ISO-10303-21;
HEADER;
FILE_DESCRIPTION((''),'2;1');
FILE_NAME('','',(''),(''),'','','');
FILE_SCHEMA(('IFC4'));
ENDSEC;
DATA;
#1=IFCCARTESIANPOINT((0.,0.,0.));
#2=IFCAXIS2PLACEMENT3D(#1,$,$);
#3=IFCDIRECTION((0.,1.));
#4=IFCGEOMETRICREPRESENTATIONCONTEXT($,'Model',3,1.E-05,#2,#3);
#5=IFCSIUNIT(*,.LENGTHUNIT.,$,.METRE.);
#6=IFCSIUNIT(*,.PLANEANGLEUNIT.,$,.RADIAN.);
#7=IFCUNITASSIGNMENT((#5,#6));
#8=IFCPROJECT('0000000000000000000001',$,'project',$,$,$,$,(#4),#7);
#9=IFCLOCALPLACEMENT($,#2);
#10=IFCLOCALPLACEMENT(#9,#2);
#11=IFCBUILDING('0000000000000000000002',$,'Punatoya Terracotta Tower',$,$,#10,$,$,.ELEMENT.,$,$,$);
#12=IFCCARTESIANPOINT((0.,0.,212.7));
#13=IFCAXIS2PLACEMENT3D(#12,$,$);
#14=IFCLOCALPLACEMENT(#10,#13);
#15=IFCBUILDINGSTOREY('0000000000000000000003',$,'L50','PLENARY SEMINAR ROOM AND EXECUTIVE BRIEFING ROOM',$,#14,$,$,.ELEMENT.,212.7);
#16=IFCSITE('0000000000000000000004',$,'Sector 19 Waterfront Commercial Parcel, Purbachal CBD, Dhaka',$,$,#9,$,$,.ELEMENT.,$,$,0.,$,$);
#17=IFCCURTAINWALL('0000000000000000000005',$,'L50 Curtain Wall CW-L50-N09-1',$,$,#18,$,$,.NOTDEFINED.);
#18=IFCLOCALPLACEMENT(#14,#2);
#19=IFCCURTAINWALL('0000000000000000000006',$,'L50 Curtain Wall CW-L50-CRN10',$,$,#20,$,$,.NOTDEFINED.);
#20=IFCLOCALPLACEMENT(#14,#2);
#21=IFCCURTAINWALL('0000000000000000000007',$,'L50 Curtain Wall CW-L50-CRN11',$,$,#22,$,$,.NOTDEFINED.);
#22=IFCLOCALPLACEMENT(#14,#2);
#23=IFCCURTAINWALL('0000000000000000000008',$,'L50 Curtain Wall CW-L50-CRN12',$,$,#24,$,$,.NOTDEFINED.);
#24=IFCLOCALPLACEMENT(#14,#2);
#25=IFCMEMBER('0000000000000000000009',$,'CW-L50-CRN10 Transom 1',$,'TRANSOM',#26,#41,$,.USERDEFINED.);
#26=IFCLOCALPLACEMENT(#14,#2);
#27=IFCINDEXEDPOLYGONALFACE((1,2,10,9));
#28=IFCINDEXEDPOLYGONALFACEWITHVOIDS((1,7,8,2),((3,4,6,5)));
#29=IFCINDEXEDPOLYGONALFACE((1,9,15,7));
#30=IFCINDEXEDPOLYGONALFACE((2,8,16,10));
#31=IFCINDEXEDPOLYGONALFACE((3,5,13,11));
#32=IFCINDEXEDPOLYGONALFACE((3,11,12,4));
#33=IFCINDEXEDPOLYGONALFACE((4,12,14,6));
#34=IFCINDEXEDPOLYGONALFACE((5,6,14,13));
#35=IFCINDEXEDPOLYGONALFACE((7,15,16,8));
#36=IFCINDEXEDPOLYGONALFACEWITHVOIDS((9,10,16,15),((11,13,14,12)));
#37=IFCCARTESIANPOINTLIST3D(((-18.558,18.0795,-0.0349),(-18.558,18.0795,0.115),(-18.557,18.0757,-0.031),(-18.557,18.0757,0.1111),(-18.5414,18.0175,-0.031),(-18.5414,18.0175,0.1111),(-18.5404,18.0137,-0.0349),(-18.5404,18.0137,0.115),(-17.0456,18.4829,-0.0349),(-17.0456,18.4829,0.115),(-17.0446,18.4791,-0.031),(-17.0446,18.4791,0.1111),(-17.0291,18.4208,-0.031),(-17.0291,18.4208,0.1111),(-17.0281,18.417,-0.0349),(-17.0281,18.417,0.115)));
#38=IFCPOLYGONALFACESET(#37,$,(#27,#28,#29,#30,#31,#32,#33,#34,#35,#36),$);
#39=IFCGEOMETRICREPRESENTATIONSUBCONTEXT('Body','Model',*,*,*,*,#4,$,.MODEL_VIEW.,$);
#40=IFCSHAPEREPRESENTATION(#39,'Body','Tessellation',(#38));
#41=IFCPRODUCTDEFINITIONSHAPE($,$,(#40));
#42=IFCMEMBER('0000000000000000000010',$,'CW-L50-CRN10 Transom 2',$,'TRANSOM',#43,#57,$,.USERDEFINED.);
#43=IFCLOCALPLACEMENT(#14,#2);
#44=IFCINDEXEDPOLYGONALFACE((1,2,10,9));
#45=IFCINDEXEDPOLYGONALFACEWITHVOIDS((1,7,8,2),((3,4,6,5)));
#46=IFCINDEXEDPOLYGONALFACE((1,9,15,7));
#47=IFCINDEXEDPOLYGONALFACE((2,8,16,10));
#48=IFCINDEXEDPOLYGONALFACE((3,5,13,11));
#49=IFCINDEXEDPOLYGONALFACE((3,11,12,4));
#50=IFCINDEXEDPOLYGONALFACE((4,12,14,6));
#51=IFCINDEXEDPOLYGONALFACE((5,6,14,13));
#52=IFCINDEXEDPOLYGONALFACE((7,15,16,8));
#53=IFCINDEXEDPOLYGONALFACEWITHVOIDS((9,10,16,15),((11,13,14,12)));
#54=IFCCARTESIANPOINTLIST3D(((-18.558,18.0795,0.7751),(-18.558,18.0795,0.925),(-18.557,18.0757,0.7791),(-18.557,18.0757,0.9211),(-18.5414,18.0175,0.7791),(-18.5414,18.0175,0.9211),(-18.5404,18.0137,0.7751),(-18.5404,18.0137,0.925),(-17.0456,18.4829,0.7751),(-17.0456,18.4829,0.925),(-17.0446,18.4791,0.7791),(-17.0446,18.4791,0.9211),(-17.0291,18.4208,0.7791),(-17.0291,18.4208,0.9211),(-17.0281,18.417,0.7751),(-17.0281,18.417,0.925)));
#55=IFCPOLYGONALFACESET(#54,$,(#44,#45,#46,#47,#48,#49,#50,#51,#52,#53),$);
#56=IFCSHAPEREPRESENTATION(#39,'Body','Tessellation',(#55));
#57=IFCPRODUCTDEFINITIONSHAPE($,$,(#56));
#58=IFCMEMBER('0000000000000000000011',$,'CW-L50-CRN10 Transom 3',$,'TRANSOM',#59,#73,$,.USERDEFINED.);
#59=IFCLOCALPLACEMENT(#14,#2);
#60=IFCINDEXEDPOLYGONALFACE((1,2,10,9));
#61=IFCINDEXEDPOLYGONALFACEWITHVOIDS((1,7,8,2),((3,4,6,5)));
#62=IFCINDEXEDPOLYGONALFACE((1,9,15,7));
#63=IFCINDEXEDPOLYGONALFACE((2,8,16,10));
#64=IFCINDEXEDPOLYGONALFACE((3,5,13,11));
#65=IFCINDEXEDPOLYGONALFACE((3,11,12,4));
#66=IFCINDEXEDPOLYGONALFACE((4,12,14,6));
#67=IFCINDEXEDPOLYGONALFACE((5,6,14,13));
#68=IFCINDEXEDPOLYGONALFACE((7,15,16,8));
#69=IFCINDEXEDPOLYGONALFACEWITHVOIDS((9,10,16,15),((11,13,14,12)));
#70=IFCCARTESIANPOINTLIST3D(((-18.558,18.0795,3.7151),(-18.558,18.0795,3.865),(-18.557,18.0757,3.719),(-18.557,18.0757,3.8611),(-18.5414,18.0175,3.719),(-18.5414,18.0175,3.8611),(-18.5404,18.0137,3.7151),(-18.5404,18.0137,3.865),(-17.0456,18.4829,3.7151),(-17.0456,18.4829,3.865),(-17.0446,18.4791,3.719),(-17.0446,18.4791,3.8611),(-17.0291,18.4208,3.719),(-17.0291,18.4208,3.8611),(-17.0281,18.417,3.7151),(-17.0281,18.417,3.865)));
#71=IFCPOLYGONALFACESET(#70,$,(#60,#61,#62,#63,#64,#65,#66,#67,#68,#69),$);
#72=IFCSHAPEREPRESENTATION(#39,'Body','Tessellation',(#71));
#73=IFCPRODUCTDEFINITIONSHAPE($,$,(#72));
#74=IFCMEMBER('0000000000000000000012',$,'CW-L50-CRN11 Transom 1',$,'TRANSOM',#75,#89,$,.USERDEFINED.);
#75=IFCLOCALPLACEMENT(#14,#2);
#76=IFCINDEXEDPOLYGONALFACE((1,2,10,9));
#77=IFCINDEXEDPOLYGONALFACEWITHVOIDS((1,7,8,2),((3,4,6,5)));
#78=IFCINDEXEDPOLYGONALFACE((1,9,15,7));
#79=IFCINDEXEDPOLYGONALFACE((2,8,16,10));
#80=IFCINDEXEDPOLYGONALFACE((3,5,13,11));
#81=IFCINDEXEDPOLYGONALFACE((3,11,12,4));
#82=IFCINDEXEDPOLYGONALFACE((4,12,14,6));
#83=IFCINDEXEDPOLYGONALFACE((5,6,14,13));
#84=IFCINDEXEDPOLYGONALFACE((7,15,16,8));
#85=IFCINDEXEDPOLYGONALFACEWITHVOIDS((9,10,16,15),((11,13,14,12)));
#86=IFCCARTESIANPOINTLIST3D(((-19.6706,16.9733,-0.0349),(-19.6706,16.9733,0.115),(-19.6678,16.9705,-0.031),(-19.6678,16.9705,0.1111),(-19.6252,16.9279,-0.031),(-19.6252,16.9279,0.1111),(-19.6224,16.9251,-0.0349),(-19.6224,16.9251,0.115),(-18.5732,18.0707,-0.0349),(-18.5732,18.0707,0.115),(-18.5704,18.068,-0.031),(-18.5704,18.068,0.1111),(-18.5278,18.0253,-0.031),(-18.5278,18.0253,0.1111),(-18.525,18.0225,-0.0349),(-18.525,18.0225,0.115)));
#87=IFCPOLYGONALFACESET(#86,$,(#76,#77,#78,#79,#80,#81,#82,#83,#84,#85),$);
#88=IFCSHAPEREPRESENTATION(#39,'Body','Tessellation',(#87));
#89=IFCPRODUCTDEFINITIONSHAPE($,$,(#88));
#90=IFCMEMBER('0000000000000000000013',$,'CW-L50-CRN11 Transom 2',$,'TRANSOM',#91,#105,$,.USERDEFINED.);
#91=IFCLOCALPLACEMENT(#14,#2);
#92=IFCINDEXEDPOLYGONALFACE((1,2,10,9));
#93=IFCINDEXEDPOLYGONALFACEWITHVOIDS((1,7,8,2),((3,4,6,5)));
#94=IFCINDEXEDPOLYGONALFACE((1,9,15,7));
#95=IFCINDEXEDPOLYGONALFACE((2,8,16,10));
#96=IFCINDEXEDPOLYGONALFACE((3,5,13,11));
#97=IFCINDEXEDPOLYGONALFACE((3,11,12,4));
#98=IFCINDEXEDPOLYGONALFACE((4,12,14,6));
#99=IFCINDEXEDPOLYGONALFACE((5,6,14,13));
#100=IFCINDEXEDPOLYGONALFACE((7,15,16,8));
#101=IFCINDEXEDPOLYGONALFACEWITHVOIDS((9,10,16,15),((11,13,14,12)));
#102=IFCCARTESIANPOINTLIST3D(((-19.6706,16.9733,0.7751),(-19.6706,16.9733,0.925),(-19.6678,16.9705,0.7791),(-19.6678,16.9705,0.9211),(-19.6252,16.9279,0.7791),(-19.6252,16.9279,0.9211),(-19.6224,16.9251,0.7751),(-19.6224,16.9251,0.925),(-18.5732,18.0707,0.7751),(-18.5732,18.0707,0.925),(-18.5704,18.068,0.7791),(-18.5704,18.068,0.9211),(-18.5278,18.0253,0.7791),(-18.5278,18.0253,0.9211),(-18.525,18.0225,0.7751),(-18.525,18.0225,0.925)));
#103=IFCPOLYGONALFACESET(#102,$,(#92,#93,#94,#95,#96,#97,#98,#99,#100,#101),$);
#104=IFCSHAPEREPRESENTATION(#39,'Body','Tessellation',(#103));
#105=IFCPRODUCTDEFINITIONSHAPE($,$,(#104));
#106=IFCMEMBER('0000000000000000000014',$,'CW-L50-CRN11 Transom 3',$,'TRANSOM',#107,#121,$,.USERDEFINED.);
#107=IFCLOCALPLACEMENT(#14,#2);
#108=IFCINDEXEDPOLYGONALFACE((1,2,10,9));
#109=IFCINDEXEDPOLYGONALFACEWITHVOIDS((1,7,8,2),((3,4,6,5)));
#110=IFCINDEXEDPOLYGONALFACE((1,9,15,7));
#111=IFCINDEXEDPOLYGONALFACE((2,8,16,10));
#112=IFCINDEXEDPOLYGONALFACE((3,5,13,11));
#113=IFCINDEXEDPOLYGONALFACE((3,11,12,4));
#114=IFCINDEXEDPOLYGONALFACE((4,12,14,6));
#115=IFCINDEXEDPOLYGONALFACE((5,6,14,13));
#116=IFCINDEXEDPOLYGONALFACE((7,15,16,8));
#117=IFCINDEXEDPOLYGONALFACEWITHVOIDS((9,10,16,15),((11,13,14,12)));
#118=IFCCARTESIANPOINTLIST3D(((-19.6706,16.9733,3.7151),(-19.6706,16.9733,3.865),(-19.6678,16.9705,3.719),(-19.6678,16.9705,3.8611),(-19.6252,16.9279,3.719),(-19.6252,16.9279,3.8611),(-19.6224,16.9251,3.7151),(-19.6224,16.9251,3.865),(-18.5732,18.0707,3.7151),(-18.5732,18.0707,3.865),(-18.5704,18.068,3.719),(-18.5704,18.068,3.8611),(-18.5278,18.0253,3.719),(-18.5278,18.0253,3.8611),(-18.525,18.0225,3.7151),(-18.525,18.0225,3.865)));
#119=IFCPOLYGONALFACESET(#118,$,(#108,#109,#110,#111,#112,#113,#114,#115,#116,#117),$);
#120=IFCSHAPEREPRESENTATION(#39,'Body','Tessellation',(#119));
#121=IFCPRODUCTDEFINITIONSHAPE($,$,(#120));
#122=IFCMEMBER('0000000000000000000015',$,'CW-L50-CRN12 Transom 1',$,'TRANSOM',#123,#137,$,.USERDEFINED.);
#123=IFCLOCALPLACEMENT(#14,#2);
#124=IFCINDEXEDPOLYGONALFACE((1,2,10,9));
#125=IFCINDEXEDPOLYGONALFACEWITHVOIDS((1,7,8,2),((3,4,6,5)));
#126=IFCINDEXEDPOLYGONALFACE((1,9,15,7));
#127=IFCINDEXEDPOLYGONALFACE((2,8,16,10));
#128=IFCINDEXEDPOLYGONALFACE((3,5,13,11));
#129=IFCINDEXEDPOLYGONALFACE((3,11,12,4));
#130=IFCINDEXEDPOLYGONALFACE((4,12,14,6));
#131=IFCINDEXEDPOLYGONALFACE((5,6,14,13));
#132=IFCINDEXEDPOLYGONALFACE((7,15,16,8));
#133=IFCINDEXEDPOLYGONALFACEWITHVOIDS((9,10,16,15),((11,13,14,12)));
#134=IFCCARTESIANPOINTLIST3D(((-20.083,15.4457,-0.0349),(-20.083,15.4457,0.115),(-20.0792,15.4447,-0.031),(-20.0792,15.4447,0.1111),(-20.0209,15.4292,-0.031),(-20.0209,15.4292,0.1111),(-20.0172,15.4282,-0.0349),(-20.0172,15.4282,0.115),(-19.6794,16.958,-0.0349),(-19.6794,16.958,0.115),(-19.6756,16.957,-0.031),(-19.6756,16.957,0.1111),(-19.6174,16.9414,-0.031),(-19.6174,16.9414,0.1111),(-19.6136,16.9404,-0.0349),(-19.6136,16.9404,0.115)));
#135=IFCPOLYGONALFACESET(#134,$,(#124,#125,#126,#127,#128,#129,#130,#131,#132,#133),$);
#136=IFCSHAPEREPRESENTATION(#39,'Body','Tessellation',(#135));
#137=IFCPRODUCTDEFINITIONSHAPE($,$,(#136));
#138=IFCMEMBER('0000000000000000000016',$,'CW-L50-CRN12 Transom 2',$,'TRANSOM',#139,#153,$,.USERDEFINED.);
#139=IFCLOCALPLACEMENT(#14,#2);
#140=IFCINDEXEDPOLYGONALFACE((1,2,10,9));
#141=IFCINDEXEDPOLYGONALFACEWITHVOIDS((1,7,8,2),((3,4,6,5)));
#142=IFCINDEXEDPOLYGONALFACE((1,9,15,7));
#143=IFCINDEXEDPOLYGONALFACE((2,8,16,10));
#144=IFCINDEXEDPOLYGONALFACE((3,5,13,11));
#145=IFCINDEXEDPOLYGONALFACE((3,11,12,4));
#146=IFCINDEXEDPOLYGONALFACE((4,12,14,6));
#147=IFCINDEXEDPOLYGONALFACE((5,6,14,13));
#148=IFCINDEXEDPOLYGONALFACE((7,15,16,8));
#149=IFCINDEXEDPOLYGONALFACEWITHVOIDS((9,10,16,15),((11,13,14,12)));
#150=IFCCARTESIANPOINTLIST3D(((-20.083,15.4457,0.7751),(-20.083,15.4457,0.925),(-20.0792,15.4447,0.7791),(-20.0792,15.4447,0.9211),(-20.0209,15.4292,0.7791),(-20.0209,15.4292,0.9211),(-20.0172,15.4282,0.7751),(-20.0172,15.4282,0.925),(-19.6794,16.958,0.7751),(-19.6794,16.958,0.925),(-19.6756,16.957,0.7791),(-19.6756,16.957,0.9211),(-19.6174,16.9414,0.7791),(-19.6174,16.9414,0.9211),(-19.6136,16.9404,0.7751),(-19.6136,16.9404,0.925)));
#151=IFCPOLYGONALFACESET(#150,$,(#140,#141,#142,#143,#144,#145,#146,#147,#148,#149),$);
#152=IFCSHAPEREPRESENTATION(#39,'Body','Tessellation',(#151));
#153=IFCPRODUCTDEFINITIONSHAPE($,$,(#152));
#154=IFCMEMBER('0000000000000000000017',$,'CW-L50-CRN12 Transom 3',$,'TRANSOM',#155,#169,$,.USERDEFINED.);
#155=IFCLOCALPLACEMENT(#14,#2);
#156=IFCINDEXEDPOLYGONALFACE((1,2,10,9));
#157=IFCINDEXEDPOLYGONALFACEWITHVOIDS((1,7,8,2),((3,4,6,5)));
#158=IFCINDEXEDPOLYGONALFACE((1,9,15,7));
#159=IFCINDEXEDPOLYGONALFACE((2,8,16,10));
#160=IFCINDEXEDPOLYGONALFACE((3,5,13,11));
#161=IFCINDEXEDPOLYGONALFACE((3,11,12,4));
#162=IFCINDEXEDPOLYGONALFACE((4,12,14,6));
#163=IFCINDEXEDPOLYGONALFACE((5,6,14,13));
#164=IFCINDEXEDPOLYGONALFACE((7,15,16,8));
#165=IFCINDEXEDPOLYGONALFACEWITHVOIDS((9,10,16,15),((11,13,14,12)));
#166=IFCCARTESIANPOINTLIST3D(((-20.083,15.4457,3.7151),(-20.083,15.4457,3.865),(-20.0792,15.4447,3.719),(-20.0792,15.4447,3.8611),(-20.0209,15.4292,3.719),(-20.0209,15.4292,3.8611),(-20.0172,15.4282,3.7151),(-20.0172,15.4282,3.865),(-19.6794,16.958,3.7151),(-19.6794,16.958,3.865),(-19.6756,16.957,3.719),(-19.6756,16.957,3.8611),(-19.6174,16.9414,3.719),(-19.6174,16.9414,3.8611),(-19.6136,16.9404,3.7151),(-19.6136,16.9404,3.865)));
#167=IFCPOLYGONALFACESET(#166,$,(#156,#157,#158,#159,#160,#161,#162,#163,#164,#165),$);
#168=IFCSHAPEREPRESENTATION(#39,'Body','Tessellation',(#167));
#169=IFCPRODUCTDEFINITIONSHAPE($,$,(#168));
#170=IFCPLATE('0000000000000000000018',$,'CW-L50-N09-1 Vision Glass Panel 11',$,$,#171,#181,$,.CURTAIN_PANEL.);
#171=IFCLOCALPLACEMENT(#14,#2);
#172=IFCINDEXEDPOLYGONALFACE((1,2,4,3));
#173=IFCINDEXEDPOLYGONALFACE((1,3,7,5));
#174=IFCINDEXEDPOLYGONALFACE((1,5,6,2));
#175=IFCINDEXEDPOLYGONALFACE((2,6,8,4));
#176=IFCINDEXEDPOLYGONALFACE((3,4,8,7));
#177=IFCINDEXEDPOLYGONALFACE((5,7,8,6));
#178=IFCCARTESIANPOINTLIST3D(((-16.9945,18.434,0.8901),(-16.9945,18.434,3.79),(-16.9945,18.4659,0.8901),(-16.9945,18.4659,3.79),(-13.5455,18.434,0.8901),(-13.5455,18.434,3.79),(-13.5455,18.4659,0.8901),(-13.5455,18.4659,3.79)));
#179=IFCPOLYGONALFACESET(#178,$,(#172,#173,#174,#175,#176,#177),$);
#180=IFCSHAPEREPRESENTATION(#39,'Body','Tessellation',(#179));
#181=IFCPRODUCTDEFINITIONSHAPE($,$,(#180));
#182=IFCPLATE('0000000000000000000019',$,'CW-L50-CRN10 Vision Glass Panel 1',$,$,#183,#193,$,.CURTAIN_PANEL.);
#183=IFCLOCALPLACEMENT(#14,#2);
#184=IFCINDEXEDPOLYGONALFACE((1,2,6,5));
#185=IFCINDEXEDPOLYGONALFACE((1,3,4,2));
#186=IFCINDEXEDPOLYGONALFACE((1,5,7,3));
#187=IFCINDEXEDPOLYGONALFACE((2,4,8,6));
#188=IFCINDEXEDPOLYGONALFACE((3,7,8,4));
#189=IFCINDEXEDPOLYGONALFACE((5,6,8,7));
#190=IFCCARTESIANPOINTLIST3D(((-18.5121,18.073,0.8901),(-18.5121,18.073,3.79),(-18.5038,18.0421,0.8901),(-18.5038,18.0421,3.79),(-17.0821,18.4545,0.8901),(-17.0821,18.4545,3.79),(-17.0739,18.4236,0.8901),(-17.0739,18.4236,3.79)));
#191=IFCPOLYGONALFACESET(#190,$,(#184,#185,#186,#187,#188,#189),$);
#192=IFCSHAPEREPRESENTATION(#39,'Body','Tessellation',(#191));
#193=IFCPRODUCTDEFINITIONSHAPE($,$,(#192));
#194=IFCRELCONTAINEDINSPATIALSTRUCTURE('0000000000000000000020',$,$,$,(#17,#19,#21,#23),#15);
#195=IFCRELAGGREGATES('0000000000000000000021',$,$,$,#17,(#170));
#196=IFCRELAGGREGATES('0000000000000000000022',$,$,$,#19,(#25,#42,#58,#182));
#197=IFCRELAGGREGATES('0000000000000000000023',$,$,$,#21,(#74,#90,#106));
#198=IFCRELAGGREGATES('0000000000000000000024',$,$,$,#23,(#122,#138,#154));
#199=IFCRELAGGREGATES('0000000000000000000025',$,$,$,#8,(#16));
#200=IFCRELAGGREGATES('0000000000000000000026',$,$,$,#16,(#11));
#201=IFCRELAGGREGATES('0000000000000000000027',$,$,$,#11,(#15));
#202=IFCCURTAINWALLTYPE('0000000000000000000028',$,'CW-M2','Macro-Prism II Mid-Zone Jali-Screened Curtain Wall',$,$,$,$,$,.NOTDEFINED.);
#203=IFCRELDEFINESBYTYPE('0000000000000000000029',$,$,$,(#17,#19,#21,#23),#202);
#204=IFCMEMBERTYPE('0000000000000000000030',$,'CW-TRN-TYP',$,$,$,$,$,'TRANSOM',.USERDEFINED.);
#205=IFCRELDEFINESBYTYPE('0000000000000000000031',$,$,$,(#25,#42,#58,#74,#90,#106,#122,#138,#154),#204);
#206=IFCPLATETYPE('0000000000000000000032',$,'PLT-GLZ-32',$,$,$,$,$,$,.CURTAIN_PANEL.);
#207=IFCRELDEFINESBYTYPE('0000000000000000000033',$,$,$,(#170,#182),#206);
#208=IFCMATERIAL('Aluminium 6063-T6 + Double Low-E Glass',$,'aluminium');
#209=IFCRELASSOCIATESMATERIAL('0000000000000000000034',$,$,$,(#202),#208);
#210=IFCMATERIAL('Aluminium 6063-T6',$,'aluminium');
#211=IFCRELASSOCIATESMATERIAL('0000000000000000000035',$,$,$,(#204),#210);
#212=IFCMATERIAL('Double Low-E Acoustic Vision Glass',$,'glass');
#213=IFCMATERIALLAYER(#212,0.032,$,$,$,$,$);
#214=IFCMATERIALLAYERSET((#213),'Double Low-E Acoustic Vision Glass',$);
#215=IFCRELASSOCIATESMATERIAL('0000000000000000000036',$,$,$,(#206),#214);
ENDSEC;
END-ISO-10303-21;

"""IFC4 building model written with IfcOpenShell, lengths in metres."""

from ifc_helpers import new_model, si_unit, direction, frame, origin, origin_2d, place, context, subcontext, project, spatial, rectangle, hollow_rectangle, extrude, material, layer, layer_set, material_profile, profile_set, type_object, element, aggregate, save


model = new_model("IFC4")

# Units and contexts
model_context = context("Model", 3, precision=1e-05, world=origin(), true_north=direction((0.0, 1.0)))
body_context = subcontext(model_context, "Body", "Model", "MODEL_VIEW")
ifc_project = project(units=[si_unit("LENGTHUNIT", "METRE"), si_unit("PLANEANGLEUNIT", "RADIAN")], contexts=[model_context])

# Site, building, storey
site_placement = place(None, origin())
site = spatial("IfcSite", under=ifc_project, at=site_placement, Name="Sector 19 Waterfront Commercial Parcel, Purbachal CBD, Dhaka", CompositionType="ELEMENT", RefElevation=0.0)
building_placement = place(site_placement, origin())
building = spatial("IfcBuilding", under=site, at=building_placement, Name="Punatoya Terracotta Tower", CompositionType="ELEMENT")
storey_placement = place(building_placement, frame((0.0, 0.0, 212.7)))
storey = spatial("IfcBuildingStorey", under=building, at=storey_placement, Name="L50", Description="PLENARY SEMINAR ROOM AND EXECUTIVE BRIEFING ROOM", CompositionType="ELEMENT", Elevation=212.7)

# Curtain walls
ifc_material_1 = material(Name="Aluminium 6063-T6 + Double Low-E Glass", Category="aluminium")
curtain_wall_type = type_object("IfcCurtainWallType", Name="CW-M2", Description="Macro-Prism II Mid-Zone Jali-Screened Curtain Wall", PredefinedType="NOTDEFINED", material=ifc_material_1)
curtain_wall_1_placement = place(storey_placement, origin())
curtain_wall_1 = element("IfcCurtainWall", 1, at=curtain_wall_1_placement, inside=storey, type_object=curtain_wall_type, Name="L50 Curtain Wall CW-L50-N09-1", PredefinedType="NOTDEFINED")
ifc_material_2 = material(Name="Aluminium 6063-T6", Category="aluminium")
curtain_wall_2_placement = place(storey_placement, origin())
curtain_wall_2 = element("IfcCurtainWall", 2, at=curtain_wall_2_placement, inside=storey, type_object=curtain_wall_type, Name="L50 Curtain Wall CW-L50-CRN10", PredefinedType="NOTDEFINED")
curtain_wall_3_placement = place(storey_placement, origin())
curtain_wall_3 = element("IfcCurtainWall", 3, at=curtain_wall_3_placement, inside=storey, type_object=curtain_wall_type, Name="L50 Curtain Wall CW-L50-CRN11", PredefinedType="NOTDEFINED")

# Curtain wall
curtain_wall_4_placement = place(storey_placement, origin())
curtain_wall_4 = element("IfcCurtainWall", 4, at=curtain_wall_4_placement, inside=storey, type_object=curtain_wall_type, Name="L50 Curtain Wall CW-L50-CRN12", PredefinedType="NOTDEFINED")

# Members
ifc_material_profile_1 = material_profile(ifc_material_2, hollow_rectangle(XDim=0.0681, YDim=0.1499, WallThickness=0.0039, at=origin_2d()))
ifc_profile_set_1 = profile_set([ifc_material_profile_1], Name="Aluminium 6063-T6")
member_type_1 = type_object("IfcMemberType", Name="CW-TRN-TYP", ElementType="TRANSOM", PredefinedType="USERDEFINED", material=ifc_profile_set_1)
member_1_placement = place(storey_placement, frame((-17.0369, 18.45, 0.04), z_axis=(-0.966225, -0.257701, 0.0), x_axis=(0.257701, -0.966225, 0.0)))
member_1 = element("IfcMember", 5, at=member_1_placement, type_object=member_type_1, Name="CW-L50-CRN10 Transom 1", ObjectType="TRANSOM", PredefinedType="USERDEFINED", context=body_context, shape_type="SweptSolid", body=[
    extrude(hollow_rectangle(XDim=0.0681, YDim=0.1499, WallThickness=0.0039, at=origin_2d()), origin(), (0.0, 0.0, 1.0), 1.5652),
])
member_2_placement = place(storey_placement, frame((-17.0369, 18.45, 0.8501), z_axis=(-0.966225, -0.257701, 0.0), x_axis=(0.257701, -0.966225, 0.0)))
member_2 = element("IfcMember", 6, at=member_2_placement, type_object=member_type_1, Name="CW-L50-CRN10 Transom 2", ObjectType="TRANSOM", PredefinedType="USERDEFINED", context=body_context, shape_type="SweptSolid", body=[
    extrude(hollow_rectangle(XDim=0.0681, YDim=0.1499, WallThickness=0.0039, at=origin_2d()), origin(), (0.0, 0.0, 1.0), 1.5652),
])
member_3_placement = place(storey_placement, frame((-17.0369, 18.45, 3.79), z_axis=(-0.966225, -0.257701, 0.0), x_axis=(0.257701, -0.966225, 0.0)))
member_3 = element("IfcMember", 7, at=member_3_placement, type_object=member_type_1, Name="CW-L50-CRN10 Transom 3", ObjectType="TRANSOM", PredefinedType="USERDEFINED", context=body_context, shape_type="SweptSolid", body=[
    extrude(hollow_rectangle(XDim=0.0681, YDim=0.1499, WallThickness=0.0039, at=origin_2d()), origin(), (0.0, 0.0, 1.0), 1.5652),
])
member_4_placement = place(storey_placement, frame((-18.5491, 18.0466, 0.04), z_axis=(-0.707107, -0.707107, 0.0), x_axis=(0.707107, -0.707107, 0.0)))
member_4 = element("IfcMember", 8, at=member_4_placement, type_object=member_type_1, Name="CW-L50-CRN11 Transom 1", ObjectType="TRANSOM", PredefinedType="USERDEFINED", context=body_context, shape_type="SweptSolid", body=[
    extrude(hollow_rectangle(XDim=0.0681, YDim=0.1499, WallThickness=0.0039, at=origin_2d()), origin(), (0.0, 0.0, 1.0), 1.552),
])
member_5_placement = place(storey_placement, frame((-18.5491, 18.0466, 0.8501), z_axis=(-0.707107, -0.707107, 0.0), x_axis=(0.707107, -0.707107, 0.0)))
member_5 = element("IfcMember", 9, at=member_5_placement, type_object=member_type_1, Name="CW-L50-CRN11 Transom 2", ObjectType="TRANSOM", PredefinedType="USERDEFINED", context=body_context, shape_type="SweptSolid", body=[
    extrude(hollow_rectangle(XDim=0.0681, YDim=0.1499, WallThickness=0.0039, at=origin_2d()), origin(), (0.0, 0.0, 1.0), 1.552),
])
member_6_placement = place(storey_placement, frame((-18.5491, 18.0466, 3.79), z_axis=(-0.707107, -0.707107, 0.0), x_axis=(0.707107, -0.707107, 0.0)))
member_6 = element("IfcMember", 10, at=member_6_placement, type_object=member_type_1, Name="CW-L50-CRN11 Transom 3", ObjectType="TRANSOM", PredefinedType="USERDEFINED", context=body_context, shape_type="SweptSolid", body=[
    extrude(hollow_rectangle(XDim=0.0681, YDim=0.1499, WallThickness=0.0039, at=origin_2d()), origin(), (0.0, 0.0, 1.0), 1.552),
])
member_7_placement = place(storey_placement, frame((-19.6465, 16.9492, 0.04), z_axis=(-0.257847, -0.966186, 0.0), x_axis=(0.966186, -0.257847, 0.0)))
member_7 = element("IfcMember", 11, at=member_7_placement, type_object=member_type_1, Name="CW-L50-CRN12 Transom 1", ObjectType="TRANSOM", PredefinedType="USERDEFINED", context=body_context, shape_type="SweptSolid", body=[
    extrude(hollow_rectangle(XDim=0.0681, YDim=0.1499, WallThickness=0.0039, at=origin_2d()), origin(), (0.0, 0.0, 1.0), 1.5652),
])
member_8_placement = place(storey_placement, frame((-19.6465, 16.9492, 0.8501), z_axis=(-0.257847, -0.966186, 0.0), x_axis=(0.966186, -0.257847, 0.0)))
member_8 = element("IfcMember", 12, at=member_8_placement, type_object=member_type_1, Name="CW-L50-CRN12 Transom 2", ObjectType="TRANSOM", PredefinedType="USERDEFINED", context=body_context, shape_type="SweptSolid", body=[
    extrude(hollow_rectangle(XDim=0.0681, YDim=0.1499, WallThickness=0.0039, at=origin_2d()), origin(), (0.0, 0.0, 1.0), 1.5652),
])
member_9_placement = place(storey_placement, frame((-19.6465, 16.9492, 3.79), z_axis=(-0.257847, -0.966186, 0.0), x_axis=(0.966186, -0.257847, 0.0)))
member_9 = element("IfcMember", 13, at=member_9_placement, type_object=member_type_1, Name="CW-L50-CRN12 Transom 3", ObjectType="TRANSOM", PredefinedType="USERDEFINED", context=body_context, shape_type="SweptSolid", body=[
    extrude(hollow_rectangle(XDim=0.0681, YDim=0.1499, WallThickness=0.0039, at=origin_2d()), origin(), (0.0, 0.0, 1.0), 1.5652),
])

# Plates
ifc_material_3 = material(Name="Double Low-E Acoustic Vision Glass", Category="glass")
ifc_layer_1 = layer(ifc_material_3, 0.032)
ifc_layer_set_1 = layer_set([ifc_layer_1], Name="Double Low-E Acoustic Vision Glass")
plate_type_1 = type_object("IfcPlateType", Name="PLT-GLZ-32", PredefinedType="CURTAIN_PANEL", material=ifc_layer_set_1)
plate_1_placement = place(storey_placement, frame((-15.27, 18.45, 0.8901), z_axis=(0.0, 0.0, 1.0), x_axis=(-1.0, 0.0, 0.0)))
plate_1 = element("IfcPlate", 14, at=plate_1_placement, type_object=plate_type_1, Name="CW-L50-N09-1 Vision Glass Panel 11", PredefinedType="CURTAIN_PANEL", context=body_context, shape_type="SweptSolid", body=[
    extrude(rectangle(XDim=3.449, YDim=0.032, at=origin_2d()), origin(), (0.0, 0.0, 1.0), 2.8999),
])
plate_2_placement = place(storey_placement, frame((-17.793, 18.2483, 0.8901), z_axis=(0.0, 0.0, 1.0), x_axis=(-0.966214, -0.257742, 0.0)))
plate_2 = element("IfcPlate", 15, at=plate_2_placement, type_object=plate_type_1, Name="CW-L50-CRN10 Vision Glass Panel 1", PredefinedType="CURTAIN_PANEL", context=body_context, shape_type="SweptSolid", body=[
    extrude(rectangle(XDim=1.48, YDim=0.032, at=origin_2d()), origin(), (0.0, 0.0, 1.0), 2.8999),
])
aggregate(curtain_wall_1, [plate_1])
aggregate(curtain_wall_2, [member_1, member_2, member_3, plate_2])
aggregate(curtain_wall_3, [member_4, member_5, member_6])
aggregate(curtain_wall_4, [member_7, member_8, member_9])

save(model, "model.ifc")
